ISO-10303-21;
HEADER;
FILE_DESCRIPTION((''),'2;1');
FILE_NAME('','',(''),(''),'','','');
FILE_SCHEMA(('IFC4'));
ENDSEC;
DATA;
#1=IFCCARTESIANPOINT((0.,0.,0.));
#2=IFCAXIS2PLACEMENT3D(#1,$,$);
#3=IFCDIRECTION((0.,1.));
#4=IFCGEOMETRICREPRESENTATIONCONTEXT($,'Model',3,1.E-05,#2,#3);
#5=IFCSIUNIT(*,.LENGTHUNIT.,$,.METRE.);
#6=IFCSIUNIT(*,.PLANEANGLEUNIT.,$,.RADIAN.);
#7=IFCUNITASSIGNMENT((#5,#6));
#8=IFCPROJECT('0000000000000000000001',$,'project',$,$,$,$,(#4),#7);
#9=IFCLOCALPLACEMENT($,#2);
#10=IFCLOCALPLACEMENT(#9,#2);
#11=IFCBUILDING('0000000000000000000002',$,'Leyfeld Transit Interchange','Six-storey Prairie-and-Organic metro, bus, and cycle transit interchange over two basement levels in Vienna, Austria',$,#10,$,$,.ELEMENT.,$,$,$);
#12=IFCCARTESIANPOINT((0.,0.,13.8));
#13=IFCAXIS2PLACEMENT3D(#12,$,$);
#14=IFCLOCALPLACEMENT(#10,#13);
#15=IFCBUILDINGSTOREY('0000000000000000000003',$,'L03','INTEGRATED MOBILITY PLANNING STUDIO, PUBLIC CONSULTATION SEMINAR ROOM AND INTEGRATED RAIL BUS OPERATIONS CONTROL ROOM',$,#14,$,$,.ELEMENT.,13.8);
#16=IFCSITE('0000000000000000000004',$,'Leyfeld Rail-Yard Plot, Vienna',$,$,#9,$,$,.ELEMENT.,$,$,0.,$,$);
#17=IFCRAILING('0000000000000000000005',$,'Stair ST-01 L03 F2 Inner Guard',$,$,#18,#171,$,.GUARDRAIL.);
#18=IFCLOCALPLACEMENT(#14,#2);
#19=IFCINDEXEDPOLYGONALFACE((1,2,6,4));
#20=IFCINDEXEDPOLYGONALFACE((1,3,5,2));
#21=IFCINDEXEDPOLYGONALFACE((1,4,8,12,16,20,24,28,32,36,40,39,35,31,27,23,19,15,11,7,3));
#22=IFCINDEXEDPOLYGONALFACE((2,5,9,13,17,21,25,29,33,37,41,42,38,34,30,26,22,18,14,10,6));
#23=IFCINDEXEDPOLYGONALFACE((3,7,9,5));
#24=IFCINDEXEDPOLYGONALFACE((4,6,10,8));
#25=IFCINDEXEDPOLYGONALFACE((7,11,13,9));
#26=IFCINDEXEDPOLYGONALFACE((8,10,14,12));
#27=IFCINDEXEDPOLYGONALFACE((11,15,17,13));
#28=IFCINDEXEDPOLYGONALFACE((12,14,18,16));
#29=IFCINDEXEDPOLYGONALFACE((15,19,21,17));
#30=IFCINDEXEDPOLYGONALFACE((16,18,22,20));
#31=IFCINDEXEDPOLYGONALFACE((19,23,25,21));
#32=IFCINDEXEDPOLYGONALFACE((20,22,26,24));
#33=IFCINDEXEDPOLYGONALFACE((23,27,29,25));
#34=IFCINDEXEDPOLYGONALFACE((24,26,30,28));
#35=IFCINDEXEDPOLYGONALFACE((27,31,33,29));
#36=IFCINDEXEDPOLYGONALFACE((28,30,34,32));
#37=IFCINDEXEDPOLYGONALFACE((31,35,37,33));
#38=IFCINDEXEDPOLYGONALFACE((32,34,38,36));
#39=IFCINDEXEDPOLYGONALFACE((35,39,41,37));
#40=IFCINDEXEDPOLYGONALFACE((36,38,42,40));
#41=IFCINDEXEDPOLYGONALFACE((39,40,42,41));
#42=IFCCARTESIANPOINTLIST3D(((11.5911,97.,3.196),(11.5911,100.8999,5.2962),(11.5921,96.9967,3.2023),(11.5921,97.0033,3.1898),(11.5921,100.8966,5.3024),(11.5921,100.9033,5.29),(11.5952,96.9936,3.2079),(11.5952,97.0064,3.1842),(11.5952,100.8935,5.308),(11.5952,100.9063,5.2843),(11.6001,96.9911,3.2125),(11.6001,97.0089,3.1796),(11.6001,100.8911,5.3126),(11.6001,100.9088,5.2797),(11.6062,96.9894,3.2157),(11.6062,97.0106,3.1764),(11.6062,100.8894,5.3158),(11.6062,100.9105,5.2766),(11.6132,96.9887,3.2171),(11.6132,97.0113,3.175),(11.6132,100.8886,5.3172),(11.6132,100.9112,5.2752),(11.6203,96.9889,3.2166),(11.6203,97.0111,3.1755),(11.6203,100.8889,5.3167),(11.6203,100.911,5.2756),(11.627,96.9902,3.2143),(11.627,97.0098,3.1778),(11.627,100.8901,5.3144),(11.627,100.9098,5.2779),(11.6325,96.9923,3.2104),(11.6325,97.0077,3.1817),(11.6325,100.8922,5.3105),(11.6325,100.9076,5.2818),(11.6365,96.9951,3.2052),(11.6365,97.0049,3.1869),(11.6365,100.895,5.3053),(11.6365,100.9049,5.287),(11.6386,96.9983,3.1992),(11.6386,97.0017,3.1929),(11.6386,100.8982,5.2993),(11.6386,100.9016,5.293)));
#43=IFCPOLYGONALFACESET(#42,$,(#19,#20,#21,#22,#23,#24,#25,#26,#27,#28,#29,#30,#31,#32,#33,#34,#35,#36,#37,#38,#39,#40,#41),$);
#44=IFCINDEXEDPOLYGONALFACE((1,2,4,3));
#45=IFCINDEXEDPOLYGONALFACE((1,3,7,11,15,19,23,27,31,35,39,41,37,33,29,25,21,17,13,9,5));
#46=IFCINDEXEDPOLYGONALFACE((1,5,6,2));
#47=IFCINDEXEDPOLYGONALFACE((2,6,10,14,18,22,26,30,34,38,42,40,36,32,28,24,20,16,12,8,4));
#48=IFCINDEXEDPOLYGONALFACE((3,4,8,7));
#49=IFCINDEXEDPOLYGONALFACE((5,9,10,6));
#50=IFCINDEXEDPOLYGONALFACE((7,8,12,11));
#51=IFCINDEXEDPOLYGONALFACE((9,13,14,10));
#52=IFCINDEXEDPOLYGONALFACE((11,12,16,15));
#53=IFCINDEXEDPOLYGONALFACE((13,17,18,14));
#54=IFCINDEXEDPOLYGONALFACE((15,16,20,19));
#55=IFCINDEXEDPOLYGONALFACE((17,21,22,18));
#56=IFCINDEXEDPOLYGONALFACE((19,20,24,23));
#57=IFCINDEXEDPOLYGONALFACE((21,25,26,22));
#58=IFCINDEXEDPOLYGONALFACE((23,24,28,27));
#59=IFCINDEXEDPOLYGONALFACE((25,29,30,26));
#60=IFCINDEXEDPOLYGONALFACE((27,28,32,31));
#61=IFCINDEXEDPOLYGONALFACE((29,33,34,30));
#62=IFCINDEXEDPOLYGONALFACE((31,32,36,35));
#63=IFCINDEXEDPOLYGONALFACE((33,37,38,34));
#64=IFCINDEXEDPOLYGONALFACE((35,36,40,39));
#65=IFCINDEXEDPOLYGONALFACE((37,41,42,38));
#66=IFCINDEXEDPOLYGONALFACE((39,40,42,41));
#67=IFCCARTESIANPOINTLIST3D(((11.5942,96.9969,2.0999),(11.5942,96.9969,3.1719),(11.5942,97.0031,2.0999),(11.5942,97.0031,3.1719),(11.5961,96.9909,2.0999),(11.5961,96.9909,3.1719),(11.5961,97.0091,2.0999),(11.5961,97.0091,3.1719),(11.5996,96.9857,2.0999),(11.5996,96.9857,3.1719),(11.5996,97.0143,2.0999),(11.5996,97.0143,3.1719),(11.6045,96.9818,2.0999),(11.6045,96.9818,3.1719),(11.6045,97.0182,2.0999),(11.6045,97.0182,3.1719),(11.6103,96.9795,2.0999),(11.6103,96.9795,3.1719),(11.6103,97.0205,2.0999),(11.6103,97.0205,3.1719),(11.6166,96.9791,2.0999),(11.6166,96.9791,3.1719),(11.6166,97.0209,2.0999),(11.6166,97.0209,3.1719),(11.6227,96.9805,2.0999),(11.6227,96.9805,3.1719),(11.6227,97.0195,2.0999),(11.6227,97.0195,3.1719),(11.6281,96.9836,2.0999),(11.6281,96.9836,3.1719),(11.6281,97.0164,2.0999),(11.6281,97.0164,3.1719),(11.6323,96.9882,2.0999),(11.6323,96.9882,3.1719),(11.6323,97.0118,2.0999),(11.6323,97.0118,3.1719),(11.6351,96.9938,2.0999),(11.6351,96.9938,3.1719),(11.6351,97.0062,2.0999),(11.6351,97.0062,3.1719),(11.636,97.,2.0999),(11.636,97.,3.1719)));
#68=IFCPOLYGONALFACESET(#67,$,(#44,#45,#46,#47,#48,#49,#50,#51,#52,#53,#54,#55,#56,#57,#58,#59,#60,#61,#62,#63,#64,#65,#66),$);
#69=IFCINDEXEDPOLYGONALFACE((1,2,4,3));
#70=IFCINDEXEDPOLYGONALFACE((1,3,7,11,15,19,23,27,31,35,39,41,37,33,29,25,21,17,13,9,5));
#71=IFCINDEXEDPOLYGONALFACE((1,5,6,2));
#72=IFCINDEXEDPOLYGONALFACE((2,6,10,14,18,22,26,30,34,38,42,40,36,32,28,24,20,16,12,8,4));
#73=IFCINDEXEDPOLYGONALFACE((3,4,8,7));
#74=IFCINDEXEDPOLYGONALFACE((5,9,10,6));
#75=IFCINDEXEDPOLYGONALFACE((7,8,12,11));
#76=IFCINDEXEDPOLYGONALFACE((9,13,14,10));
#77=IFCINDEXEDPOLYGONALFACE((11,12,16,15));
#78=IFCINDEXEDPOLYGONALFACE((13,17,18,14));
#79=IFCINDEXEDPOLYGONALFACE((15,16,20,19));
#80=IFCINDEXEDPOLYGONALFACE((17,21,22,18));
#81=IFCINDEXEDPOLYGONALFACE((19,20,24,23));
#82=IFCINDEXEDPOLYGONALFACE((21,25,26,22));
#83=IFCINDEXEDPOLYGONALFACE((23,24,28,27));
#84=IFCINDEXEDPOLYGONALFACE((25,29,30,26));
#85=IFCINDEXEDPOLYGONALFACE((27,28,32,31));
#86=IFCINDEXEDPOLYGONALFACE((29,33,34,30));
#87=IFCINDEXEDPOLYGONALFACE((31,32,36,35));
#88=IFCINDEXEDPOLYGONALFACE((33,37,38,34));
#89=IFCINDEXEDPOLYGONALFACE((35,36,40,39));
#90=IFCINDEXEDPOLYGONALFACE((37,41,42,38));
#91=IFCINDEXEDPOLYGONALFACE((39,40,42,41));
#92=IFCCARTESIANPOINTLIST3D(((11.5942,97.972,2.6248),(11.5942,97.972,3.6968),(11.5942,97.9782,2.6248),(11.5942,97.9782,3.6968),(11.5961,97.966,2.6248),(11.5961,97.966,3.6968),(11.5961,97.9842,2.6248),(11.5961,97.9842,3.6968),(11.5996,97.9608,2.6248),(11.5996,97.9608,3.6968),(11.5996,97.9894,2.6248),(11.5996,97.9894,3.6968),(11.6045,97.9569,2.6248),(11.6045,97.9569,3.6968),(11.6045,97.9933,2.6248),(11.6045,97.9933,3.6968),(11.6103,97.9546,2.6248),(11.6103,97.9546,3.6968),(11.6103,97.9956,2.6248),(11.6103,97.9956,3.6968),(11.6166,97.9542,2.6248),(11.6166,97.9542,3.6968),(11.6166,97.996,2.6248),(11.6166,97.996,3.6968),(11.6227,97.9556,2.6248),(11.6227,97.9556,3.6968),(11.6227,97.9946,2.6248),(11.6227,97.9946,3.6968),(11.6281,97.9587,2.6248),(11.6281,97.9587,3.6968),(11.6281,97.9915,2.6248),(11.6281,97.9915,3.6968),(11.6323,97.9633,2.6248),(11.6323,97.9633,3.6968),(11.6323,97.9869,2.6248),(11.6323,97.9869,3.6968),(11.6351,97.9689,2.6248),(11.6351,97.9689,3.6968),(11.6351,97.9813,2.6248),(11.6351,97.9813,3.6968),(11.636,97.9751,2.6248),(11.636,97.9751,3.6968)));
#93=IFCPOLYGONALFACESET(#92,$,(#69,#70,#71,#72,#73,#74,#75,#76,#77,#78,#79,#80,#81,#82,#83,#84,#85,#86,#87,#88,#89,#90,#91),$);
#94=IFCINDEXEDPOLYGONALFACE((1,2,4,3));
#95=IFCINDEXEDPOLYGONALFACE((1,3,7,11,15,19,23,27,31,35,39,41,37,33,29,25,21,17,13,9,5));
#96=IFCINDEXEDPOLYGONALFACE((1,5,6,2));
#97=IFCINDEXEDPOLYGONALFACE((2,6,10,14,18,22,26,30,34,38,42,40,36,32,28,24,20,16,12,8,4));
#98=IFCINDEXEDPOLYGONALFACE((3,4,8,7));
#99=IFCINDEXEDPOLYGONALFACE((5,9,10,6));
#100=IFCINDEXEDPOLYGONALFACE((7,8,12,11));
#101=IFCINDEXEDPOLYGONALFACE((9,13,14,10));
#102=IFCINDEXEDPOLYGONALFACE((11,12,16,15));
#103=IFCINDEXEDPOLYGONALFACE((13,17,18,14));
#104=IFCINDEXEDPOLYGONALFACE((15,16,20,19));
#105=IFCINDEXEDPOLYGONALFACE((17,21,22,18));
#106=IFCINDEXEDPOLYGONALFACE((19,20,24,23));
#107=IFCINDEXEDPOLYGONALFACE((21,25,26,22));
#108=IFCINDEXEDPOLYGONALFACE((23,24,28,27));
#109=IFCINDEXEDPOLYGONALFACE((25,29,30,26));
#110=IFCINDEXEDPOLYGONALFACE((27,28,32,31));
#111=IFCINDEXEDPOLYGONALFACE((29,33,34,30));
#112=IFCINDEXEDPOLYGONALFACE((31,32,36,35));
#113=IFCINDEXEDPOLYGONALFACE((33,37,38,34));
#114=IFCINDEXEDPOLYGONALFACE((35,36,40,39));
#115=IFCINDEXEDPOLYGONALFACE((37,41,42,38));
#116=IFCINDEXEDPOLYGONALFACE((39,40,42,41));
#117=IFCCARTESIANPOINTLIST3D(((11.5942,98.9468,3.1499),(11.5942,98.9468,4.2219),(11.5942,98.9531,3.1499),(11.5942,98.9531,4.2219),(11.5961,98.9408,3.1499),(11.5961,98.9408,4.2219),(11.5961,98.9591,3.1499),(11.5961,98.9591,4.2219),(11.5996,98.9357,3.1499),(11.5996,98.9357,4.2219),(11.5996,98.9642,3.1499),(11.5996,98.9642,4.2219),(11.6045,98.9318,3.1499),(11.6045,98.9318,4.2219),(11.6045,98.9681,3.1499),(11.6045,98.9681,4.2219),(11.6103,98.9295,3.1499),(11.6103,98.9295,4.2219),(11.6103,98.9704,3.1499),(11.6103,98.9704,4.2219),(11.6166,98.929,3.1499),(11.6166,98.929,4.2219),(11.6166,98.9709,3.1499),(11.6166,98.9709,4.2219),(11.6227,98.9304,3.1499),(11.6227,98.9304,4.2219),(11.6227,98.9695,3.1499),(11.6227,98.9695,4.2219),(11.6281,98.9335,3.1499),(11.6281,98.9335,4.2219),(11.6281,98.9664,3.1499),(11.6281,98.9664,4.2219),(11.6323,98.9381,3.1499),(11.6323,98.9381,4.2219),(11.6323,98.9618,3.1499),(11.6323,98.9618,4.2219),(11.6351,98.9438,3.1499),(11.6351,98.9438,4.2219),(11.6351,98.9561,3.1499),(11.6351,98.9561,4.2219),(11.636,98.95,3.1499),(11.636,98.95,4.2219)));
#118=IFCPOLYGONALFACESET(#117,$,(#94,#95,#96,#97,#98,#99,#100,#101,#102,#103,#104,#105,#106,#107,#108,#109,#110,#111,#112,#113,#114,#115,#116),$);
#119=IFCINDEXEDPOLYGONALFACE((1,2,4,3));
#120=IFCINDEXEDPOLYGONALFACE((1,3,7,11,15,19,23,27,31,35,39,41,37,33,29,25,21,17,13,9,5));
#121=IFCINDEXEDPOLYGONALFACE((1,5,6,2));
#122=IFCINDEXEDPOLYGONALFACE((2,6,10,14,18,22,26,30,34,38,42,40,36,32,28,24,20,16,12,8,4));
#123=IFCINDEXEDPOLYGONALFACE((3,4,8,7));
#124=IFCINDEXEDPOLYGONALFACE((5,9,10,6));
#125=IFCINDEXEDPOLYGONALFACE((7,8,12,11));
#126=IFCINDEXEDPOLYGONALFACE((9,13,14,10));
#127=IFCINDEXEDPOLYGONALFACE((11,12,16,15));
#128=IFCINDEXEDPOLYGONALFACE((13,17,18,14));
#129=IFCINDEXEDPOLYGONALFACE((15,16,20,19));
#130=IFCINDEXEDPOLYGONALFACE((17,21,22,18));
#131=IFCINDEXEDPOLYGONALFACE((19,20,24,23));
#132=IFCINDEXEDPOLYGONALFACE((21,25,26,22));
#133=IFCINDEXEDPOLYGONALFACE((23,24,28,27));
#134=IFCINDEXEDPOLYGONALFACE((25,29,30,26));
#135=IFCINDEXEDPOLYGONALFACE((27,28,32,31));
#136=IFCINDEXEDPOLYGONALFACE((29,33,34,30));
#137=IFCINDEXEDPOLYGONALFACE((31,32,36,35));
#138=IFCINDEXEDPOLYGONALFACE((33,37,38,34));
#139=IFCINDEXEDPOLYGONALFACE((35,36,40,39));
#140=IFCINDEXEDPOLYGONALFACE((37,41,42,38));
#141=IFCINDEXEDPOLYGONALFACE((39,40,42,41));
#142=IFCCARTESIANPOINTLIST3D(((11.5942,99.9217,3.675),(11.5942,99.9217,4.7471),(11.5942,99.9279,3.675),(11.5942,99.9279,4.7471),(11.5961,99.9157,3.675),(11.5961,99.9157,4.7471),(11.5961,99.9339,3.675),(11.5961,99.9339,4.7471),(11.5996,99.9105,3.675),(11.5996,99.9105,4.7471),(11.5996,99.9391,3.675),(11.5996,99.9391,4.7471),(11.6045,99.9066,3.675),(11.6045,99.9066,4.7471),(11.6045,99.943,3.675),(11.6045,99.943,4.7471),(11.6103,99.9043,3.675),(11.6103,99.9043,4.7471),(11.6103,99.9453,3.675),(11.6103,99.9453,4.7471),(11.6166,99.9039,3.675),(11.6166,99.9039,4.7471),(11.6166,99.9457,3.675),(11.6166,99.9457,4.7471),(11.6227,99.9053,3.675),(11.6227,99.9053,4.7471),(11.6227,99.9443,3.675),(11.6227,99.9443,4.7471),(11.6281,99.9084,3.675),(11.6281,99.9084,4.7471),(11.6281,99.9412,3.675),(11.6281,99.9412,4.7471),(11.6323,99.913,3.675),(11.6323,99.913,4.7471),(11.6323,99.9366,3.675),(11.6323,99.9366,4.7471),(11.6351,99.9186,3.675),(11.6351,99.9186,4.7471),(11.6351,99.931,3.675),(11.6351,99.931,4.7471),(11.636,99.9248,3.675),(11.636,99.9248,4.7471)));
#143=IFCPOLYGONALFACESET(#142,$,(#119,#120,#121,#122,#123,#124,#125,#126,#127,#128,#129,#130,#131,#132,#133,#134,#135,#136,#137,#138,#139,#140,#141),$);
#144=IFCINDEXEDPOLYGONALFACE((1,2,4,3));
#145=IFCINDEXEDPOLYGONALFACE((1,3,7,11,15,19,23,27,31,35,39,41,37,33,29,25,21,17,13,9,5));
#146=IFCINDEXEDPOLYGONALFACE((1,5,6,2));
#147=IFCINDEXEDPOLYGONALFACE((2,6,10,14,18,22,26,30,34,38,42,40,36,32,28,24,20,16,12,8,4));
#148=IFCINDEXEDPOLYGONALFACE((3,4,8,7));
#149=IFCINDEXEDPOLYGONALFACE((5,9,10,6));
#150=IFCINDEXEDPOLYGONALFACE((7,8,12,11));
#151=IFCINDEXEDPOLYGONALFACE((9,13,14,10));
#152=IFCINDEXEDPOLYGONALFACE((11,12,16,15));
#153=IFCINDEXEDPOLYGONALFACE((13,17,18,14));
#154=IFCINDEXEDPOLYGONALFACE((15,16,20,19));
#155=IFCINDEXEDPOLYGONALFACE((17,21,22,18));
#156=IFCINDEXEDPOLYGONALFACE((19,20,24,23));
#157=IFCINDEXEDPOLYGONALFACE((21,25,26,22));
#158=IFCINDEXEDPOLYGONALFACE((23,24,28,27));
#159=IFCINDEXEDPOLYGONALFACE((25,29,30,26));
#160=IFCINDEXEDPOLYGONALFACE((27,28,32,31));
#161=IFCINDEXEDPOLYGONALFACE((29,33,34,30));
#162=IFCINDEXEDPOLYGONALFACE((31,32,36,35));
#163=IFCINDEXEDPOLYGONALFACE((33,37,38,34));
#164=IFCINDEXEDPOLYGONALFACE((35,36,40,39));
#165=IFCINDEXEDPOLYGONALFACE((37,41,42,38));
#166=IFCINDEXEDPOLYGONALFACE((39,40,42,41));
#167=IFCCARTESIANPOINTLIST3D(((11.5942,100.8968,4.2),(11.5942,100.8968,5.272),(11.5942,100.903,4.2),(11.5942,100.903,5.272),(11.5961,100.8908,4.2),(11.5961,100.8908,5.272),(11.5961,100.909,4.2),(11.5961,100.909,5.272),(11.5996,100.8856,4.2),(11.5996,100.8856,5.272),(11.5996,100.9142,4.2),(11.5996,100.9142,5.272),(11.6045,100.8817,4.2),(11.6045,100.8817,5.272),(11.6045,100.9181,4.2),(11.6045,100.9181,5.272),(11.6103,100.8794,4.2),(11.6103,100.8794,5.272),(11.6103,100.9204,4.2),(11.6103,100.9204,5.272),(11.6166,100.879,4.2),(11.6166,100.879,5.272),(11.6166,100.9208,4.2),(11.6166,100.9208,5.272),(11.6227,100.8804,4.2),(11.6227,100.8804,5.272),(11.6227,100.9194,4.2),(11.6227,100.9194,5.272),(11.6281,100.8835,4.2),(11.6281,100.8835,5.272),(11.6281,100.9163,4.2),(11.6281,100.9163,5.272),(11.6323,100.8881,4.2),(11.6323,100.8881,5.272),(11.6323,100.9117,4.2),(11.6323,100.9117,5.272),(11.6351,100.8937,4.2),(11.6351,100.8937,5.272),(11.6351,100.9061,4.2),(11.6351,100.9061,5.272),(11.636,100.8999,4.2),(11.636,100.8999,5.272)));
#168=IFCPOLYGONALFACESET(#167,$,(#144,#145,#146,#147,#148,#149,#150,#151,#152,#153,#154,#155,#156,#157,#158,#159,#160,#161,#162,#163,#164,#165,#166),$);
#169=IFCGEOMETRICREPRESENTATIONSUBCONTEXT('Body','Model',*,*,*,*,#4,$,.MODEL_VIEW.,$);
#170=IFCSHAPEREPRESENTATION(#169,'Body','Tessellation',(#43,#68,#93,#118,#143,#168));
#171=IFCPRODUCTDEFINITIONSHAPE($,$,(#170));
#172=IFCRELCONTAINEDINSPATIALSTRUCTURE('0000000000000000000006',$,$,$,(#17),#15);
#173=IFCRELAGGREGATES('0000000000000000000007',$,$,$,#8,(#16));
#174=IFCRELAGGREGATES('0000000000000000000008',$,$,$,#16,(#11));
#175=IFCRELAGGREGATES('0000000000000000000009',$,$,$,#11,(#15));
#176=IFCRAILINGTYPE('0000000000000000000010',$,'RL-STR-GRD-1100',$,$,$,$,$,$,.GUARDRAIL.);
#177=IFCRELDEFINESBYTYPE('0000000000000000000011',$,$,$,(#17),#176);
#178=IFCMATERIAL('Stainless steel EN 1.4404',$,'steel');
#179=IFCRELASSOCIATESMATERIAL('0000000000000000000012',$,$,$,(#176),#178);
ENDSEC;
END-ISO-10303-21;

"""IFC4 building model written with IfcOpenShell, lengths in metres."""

from ifc_helpers import new_model, si_unit, direction, frame, origin, origin_2d, place, context, subcontext, project, spatial, circle, extrude, material, type_object, element, save


model = new_model("IFC4")

# Units and contexts
model_context = context("Model", 3, precision=1e-05, world=origin(), true_north=direction((0.0, 1.0)))
body_context = subcontext(model_context, "Body", "Model", "MODEL_VIEW")
ifc_project = project(units=[si_unit("LENGTHUNIT", "METRE"), si_unit("PLANEANGLEUNIT", "RADIAN")], contexts=[model_context])

# Site, building, storey
site_placement = place(None, origin())
site = spatial("IfcSite", under=ifc_project, at=site_placement, Name="Leyfeld Rail-Yard Plot, Vienna", CompositionType="ELEMENT", RefElevation=0.0)
building_placement = place(site_placement, origin())
building = spatial("IfcBuilding", under=site, at=building_placement, Name="Leyfeld Transit Interchange", Description="Six-storey Prairie-and-Organic metro, bus, and cycle transit interchange over two basement levels in Vienna, Austria", CompositionType="ELEMENT")
storey_placement = place(building_placement, frame((0.0, 0.0, 13.8)))
storey = spatial("IfcBuildingStorey", under=building, at=storey_placement, Name="L03", Description="INTEGRATED MOBILITY PLANNING STUDIO, PUBLIC CONSULTATION SEMINAR ROOM AND INTEGRATED RAIL BUS OPERATIONS CONTROL ROOM", CompositionType="ELEMENT", Elevation=13.8)

# Railing
ifc_material_1 = material(Name="Stainless steel EN 1.4404", Category="steel")
railing_type_1 = type_object("IfcRailingType", Name="RL-STR-GRD-1100", PredefinedType="GUARDRAIL", material=ifc_material_1)
for number, where, name in (
    (1, (11.615, 97.0, 2.0999), "Stair ST-01 L03 F2 Inner Guard"),
):
    element("IfcRailing", number, at=place(storey_placement, frame(where)), inside=storey, type_object=railing_type_1, Name=name, PredefinedType="GUARDRAIL", context=body_context, shape_type="SweptSolid", body=[
        extrude(circle(Radius=0.0239, at=origin_2d()), frame((0.0, 0.0, 1.0962), z_axis=(0.0, 0.880457, 0.474126), x_axis=(-1.0, 0.0, 0.0)), (0.0, 0.0, 1.0), 4.4294),
        extrude(circle(Radius=0.021, at=origin_2d()), origin(), (0.0, 0.0, 1.0), 1.072),
        extrude(circle(Radius=0.021, at=origin_2d()), frame((0.0, 0.9751, 0.5249)), (0.0, 0.0, 1.0), 1.072),
        extrude(circle(Radius=0.021, at=origin_2d()), frame((0.0, 1.95, 1.05)), (0.0, 0.0, 1.0), 1.072),
        extrude(circle(Radius=0.021, at=origin_2d()), frame((0.0, 2.9248, 1.5752)), (0.0, 0.0, 1.0), 1.072),
        extrude(circle(Radius=0.021, at=origin_2d()), frame((0.0, 3.8999, 2.1001)), (0.0, 0.0, 1.0), 1.072),
    ])

save(model, "model.ifc")
